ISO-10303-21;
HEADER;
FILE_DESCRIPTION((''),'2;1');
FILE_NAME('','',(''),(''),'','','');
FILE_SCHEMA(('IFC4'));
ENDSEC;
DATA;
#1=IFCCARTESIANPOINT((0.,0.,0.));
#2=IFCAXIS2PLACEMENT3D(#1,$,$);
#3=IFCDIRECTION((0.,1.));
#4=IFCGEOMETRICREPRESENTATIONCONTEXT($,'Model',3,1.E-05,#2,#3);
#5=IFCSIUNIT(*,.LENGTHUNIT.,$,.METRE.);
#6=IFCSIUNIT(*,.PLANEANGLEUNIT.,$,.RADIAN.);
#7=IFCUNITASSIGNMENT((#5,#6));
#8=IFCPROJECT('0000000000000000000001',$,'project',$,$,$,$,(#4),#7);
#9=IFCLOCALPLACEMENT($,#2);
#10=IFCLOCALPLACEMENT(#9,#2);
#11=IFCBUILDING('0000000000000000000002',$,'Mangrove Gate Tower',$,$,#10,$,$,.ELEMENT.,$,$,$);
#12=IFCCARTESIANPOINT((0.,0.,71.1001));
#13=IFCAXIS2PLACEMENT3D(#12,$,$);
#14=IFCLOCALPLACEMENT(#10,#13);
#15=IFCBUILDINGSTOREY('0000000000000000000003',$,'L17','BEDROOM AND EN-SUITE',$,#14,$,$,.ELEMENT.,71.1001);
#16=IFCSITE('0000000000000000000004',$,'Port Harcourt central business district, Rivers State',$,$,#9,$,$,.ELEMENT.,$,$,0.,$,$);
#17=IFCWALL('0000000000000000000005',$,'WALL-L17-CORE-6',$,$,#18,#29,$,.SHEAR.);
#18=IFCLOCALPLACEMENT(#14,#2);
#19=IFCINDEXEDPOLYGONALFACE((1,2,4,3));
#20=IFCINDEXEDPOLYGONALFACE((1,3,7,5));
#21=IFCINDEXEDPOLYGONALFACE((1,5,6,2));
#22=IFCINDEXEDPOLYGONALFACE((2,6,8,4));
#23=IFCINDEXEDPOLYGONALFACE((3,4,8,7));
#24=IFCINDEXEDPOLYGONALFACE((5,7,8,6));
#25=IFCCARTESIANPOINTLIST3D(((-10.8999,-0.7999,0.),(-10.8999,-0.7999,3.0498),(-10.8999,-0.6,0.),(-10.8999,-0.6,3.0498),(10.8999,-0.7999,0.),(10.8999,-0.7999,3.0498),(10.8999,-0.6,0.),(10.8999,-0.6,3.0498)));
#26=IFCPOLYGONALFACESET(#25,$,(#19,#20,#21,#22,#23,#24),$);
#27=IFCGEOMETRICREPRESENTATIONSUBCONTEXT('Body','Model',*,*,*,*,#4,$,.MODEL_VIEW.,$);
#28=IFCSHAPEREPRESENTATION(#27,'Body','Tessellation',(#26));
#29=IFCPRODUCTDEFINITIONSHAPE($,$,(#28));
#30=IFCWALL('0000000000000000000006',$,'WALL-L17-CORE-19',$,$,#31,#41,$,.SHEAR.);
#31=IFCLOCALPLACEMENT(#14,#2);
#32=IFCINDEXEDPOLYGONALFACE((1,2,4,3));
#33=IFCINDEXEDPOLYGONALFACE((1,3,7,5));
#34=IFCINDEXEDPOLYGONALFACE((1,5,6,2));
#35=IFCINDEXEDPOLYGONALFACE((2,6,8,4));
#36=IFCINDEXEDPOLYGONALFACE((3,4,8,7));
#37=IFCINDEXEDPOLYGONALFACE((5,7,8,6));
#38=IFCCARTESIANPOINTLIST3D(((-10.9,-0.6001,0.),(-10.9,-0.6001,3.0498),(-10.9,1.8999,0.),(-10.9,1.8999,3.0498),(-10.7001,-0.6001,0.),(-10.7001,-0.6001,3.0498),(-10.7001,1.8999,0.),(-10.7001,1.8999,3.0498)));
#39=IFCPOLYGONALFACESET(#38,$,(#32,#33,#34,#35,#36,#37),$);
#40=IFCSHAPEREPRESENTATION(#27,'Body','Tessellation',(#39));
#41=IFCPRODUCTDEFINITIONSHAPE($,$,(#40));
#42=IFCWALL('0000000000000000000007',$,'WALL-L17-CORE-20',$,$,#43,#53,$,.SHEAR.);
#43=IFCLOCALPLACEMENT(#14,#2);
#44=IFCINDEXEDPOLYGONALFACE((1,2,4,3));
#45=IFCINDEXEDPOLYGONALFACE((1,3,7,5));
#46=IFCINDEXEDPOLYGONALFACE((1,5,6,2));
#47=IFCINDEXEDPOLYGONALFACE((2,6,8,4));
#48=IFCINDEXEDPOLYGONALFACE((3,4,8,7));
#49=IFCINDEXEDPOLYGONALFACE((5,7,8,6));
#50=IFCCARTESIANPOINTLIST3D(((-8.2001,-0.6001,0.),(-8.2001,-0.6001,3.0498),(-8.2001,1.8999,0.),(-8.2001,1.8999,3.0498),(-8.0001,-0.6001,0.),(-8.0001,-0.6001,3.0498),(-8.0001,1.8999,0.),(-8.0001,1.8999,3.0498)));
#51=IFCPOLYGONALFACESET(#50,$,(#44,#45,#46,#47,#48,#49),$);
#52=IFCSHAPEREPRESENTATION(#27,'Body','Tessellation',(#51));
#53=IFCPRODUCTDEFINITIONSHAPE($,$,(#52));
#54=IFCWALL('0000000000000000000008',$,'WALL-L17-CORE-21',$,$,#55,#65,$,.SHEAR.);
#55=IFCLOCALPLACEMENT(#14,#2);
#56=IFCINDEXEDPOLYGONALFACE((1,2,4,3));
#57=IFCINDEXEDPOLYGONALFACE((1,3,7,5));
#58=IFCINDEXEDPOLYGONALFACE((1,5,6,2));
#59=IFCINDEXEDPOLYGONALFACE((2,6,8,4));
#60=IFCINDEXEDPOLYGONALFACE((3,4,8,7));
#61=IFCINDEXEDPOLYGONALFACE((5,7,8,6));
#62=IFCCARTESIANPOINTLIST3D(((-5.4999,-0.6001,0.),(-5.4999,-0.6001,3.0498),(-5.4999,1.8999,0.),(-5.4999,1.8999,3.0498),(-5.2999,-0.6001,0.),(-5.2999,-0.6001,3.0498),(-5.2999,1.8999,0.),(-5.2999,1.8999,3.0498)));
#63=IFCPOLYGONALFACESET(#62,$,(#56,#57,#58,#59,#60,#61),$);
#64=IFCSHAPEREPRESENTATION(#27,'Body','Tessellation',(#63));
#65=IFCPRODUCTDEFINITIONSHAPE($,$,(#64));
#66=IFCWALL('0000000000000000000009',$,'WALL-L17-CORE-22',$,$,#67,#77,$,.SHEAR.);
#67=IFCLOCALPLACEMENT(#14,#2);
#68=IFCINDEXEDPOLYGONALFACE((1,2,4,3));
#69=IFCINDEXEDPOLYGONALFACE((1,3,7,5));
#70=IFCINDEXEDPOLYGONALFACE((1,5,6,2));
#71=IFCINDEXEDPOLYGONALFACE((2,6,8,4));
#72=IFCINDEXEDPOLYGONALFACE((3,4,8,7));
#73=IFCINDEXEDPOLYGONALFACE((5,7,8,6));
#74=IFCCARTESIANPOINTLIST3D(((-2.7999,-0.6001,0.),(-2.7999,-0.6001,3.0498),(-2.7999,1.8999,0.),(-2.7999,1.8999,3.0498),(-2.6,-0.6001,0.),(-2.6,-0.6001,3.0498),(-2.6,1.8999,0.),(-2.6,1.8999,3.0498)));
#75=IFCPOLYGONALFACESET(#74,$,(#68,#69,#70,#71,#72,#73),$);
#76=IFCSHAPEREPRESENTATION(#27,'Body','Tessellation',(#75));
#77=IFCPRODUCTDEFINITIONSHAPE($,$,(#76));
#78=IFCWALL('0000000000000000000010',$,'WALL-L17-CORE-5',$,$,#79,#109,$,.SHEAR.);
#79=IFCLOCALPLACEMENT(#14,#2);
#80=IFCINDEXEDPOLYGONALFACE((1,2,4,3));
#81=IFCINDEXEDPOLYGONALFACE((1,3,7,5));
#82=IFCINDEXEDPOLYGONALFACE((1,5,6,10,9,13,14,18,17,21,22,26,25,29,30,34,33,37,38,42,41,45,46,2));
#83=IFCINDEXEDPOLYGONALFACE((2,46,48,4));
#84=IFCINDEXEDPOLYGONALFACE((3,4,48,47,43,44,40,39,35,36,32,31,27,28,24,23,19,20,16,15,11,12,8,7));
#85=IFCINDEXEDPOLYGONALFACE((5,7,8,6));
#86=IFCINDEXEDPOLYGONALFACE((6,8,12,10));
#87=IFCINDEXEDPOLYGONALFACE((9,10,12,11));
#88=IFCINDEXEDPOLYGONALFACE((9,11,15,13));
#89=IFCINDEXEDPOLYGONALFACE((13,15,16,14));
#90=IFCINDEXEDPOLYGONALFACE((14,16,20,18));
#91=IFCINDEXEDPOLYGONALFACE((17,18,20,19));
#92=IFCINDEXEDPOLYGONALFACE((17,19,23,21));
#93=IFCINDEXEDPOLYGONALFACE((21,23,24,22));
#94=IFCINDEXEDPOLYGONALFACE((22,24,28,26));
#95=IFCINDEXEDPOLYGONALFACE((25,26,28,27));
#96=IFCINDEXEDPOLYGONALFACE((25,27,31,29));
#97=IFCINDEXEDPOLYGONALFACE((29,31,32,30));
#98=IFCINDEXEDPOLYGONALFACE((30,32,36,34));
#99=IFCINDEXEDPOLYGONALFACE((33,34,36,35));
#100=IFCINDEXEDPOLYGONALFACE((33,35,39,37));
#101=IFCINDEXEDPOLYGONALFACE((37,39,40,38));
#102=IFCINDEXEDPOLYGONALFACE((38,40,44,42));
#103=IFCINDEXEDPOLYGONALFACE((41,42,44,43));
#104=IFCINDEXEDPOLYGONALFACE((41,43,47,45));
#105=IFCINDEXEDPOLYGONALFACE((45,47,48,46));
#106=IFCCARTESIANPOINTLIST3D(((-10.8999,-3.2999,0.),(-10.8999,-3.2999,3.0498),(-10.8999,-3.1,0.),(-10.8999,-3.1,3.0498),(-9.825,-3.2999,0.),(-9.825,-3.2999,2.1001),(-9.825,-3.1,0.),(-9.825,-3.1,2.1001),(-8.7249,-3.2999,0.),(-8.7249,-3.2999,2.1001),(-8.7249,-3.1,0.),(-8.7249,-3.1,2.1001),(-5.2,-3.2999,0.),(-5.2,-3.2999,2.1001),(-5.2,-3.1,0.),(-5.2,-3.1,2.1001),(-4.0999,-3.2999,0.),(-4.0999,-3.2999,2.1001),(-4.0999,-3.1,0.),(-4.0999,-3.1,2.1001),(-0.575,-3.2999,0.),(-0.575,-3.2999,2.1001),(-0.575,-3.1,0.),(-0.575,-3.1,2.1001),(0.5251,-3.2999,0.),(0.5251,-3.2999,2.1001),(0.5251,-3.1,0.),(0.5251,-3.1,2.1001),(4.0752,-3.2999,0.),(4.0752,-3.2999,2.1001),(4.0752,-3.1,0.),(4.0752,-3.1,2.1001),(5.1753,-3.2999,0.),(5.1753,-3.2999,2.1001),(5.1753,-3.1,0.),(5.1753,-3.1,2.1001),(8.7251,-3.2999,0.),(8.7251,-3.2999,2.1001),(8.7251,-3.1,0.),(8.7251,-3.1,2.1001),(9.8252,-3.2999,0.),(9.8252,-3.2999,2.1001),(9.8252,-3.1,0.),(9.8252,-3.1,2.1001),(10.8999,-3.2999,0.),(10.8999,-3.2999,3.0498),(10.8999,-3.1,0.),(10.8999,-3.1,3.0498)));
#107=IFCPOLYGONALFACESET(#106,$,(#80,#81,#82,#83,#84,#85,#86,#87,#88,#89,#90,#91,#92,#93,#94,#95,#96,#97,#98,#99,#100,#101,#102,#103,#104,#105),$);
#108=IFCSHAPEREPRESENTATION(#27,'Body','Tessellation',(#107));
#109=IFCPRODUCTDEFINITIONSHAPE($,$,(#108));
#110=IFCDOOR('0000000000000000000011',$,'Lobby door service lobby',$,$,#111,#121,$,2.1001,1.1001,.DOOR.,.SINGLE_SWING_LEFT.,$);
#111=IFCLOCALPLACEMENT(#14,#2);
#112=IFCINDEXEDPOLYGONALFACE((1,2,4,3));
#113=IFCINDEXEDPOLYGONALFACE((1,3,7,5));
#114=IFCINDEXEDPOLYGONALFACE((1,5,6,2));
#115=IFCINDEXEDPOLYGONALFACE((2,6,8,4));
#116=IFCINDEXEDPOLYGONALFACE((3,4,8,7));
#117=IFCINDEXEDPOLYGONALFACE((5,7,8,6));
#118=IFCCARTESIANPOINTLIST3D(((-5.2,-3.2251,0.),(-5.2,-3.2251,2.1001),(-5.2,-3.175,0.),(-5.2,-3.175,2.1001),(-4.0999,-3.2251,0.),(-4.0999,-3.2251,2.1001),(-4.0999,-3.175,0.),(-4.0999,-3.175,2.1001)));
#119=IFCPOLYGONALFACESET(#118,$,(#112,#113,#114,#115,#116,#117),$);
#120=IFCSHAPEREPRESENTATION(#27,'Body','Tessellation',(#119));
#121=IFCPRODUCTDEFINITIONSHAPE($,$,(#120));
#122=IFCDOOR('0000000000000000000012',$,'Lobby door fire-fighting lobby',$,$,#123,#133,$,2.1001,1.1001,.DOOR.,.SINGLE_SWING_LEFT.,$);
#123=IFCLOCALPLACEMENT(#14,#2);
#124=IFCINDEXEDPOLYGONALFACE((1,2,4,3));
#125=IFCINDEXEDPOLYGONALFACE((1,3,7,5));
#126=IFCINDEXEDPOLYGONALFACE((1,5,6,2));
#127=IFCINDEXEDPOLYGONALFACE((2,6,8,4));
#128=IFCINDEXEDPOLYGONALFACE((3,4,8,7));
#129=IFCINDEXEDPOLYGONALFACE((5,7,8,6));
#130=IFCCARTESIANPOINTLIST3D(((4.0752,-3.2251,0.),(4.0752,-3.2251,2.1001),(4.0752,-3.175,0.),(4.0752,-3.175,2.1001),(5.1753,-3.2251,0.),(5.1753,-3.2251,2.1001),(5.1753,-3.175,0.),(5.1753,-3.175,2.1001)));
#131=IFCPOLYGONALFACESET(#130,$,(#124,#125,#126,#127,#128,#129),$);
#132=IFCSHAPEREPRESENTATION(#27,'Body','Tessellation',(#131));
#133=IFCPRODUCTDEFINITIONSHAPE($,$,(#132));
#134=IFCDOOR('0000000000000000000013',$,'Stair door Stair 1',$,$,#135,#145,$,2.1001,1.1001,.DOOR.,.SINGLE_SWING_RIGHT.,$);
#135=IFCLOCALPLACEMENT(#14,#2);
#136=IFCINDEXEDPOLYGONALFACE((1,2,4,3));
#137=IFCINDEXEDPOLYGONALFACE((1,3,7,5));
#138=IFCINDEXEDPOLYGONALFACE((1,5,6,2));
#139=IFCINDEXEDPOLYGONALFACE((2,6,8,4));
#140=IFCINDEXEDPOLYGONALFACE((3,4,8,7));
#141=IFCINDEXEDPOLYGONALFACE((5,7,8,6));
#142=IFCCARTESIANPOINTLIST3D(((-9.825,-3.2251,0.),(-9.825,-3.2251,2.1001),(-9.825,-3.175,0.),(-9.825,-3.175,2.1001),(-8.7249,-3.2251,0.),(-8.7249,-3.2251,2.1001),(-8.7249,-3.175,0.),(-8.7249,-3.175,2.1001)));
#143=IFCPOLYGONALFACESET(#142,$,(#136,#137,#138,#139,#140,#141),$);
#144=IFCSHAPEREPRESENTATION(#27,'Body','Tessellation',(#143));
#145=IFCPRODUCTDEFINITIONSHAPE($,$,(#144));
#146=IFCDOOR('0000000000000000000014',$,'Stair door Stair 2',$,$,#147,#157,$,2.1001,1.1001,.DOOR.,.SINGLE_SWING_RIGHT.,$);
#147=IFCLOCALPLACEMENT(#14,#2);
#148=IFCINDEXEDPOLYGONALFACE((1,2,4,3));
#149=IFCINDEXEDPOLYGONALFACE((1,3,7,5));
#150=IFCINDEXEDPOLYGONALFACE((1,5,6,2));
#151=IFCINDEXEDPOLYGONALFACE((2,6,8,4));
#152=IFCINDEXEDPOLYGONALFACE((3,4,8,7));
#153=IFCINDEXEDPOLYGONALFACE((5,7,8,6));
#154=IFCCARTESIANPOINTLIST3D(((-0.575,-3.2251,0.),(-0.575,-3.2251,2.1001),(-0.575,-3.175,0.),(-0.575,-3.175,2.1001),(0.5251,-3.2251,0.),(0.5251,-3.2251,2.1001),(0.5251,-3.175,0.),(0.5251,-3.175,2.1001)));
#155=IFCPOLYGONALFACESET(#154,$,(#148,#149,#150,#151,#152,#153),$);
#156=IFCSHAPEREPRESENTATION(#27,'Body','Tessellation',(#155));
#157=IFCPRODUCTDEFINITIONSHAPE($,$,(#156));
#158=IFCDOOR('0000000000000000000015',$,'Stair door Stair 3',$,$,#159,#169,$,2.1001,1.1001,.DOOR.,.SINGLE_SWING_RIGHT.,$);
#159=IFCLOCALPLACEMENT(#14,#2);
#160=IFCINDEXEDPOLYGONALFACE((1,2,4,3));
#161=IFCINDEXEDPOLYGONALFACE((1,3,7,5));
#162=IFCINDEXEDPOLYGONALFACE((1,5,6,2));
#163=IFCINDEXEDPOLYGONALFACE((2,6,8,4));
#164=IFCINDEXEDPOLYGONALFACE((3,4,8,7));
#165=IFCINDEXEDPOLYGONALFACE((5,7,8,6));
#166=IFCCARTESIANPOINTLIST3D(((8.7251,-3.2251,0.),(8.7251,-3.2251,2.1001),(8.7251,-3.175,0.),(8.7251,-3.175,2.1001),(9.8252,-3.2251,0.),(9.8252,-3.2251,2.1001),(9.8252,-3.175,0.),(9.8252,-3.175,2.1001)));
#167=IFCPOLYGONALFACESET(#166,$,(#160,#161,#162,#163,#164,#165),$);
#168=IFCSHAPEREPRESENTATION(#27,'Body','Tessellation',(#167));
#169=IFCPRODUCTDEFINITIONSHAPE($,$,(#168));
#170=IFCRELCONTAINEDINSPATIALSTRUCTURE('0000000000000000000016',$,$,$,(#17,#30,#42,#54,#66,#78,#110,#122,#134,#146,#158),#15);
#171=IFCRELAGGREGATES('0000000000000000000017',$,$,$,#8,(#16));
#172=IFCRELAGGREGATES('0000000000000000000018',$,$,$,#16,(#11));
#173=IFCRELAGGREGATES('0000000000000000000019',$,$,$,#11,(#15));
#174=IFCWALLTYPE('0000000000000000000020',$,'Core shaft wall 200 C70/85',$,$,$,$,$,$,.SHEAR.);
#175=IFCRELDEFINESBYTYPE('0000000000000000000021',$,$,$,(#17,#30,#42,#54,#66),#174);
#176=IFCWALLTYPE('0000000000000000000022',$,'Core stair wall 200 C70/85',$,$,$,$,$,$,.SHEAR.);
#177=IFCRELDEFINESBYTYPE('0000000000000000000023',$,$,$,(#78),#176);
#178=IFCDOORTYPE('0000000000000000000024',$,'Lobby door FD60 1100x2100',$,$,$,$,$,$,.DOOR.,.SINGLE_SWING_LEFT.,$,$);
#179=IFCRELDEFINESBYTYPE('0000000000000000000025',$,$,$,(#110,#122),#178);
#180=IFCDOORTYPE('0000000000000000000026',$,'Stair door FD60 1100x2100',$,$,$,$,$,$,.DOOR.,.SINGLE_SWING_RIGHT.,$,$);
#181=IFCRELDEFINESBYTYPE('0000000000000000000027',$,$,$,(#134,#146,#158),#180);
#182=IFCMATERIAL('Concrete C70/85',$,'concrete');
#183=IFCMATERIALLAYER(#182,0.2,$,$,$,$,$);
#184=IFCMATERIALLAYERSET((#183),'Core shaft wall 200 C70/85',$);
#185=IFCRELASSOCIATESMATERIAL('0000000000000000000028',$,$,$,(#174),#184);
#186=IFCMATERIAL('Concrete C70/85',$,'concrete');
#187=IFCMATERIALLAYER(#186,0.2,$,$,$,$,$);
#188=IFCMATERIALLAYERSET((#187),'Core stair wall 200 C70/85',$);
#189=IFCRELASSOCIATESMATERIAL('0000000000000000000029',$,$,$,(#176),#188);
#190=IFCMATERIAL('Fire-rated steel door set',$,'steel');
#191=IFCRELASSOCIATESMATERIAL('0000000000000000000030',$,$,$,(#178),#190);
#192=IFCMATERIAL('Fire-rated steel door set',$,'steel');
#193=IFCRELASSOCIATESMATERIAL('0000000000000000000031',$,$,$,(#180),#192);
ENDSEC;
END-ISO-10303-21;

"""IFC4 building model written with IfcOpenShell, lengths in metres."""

from ifc_helpers import new_model, si_unit, direction, frame, frame_2d, origin, place, context, subcontext, project, spatial, rectangle, extrude, material, layer, layer_set, type_object, element, fill, save


model = new_model("IFC4")

# Units and contexts
model_context = context("Model", 3, precision=1e-05, world=origin(), true_north=direction((0.0, 1.0)))
body_context = subcontext(model_context, "Body", "Model", "MODEL_VIEW")
ifc_project = project(units=[si_unit("LENGTHUNIT", "METRE"), si_unit("PLANEANGLEUNIT", "RADIAN")], contexts=[model_context])

# Site, building, storey
site_placement = place(None, origin())
site = spatial("IfcSite", under=ifc_project, at=site_placement, Name="Port Harcourt central business district, Rivers State", CompositionType="ELEMENT", RefElevation=0.0)
building_placement = place(site_placement, origin())
building = spatial("IfcBuilding", under=site, at=building_placement, Name="Mangrove Gate Tower", CompositionType="ELEMENT")
storey_placement = place(building_placement, frame((0.0, 0.0, 71.1001)))
storey = spatial("IfcBuildingStorey", under=building, at=storey_placement, Name="L17", Description="BEDROOM AND EN-SUITE", CompositionType="ELEMENT", Elevation=71.1001)

# Walls
ifc_material_1 = material(Name="Concrete C70/85", Category="concrete")
ifc_layer_1 = layer(ifc_material_1, 0.2)
ifc_layer_set_1 = layer_set([ifc_layer_1], Name="Core shaft wall 200 C70/85")
wall_type_1 = type_object("IfcWallType", Name="Core shaft wall 200 C70/85", PredefinedType="SHEAR", material=ifc_layer_set_1)
wall_1_placement = place(storey_placement, frame((-10.8999, -0.7, 0.0), z_axis=(0.0, 0.0, 1.0), x_axis=(1.0, 0.0, 0.0)))
element("IfcWall", 1, at=wall_1_placement, inside=storey, type_object=wall_type_1, Name="WALL-L17-CORE-6", PredefinedType="SHEAR", context=body_context, shape_type="SweptSolid", body=[
    extrude(rectangle(XDim=21.7998, YDim=0.2, at=frame_2d((10.8999, 0.0))), origin(), (0.0, 0.0, 1.0), 3.0498),
])
for number, where, z_axis, x_axis, name in (
    (2, (-10.8, -0.6001, 0.0), (0.0, 0.0, 1.0), (0.0, 1.0, 0.0), "WALL-L17-CORE-19"),
    (3, (-8.1001, -0.6001, 0.0), (0.0, 0.0, 1.0), (0.0, 1.0, 0.0), "WALL-L17-CORE-20"),
    (4, (-5.3999, -0.6001, 0.0), (0.0, 0.0, 1.0), (0.0, 1.0, 0.0), "WALL-L17-CORE-21"),
    (5, (-2.7, -0.6001, 0.0), (0.0, 0.0, 1.0), (0.0, 1.0, 0.0), "WALL-L17-CORE-22"),
):
    element("IfcWall", number, at=place(storey_placement, frame(where, z_axis=z_axis, x_axis=x_axis)), inside=storey, type_object=wall_type_1, Name=name, PredefinedType="SHEAR", context=body_context, shape_type="SweptSolid", body=[
        extrude(rectangle(XDim=2.5, YDim=0.2, at=frame_2d((1.25, 0.0))), origin(), (0.0, 0.0, 1.0), 3.0498),
    ])

# Wall, openings, doors
ifc_material_2 = material(Name="Concrete C70/85", Category="concrete")
ifc_layer_2 = layer(ifc_material_2, 0.2)
ifc_layer_set_2 = layer_set([ifc_layer_2], Name="Core stair wall 200 C70/85")
wall_type_2 = type_object("IfcWallType", Name="Core stair wall 200 C70/85", PredefinedType="SHEAR", material=ifc_layer_set_2)
wall_2_placement = place(storey_placement, frame((-10.8999, -3.2, 0.0), z_axis=(0.0, 0.0, 1.0), x_axis=(1.0, 0.0, 0.0)))
wall_2 = element("IfcWall", 6, at=wall_2_placement, inside=storey, type_object=wall_type_2, Name="WALL-L17-CORE-5", PredefinedType="SHEAR", context=body_context, shape_type="SweptSolid", body=[
    extrude(rectangle(XDim=21.7998, YDim=0.2, at=frame_2d((10.8999, 0.0))), origin(), (0.0, 0.0, 1.0), 3.0498),
])
opening_1_placement = place(wall_2_placement, frame((1.075, 0.0, 0.0)))
opening_1 = element("IfcOpeningElement", 7, at=opening_1_placement, cuts=wall_2, PredefinedType="OPENING", context=body_context, shape_type="SweptSolid", body=[
    extrude(rectangle(XDim=1.1001, YDim=2.1001, at=frame_2d((0.55, 1.05))), frame((0.0, 0.1099, 0.0), z_axis=(0.0, -1.0, 0.0), x_axis=(1.0, 0.0, 0.0)), (0.0, 0.0, 1.0), 0.22),
])
opening_2_placement = place(wall_2_placement, frame((10.325, 0.0, 0.0)))
opening_2 = element("IfcOpeningElement", 8, at=opening_2_placement, cuts=wall_2, PredefinedType="OPENING", context=body_context, shape_type="SweptSolid", body=[
    extrude(rectangle(XDim=1.1001, YDim=2.1001, at=frame_2d((0.55, 1.05))), frame((0.0, 0.1099, 0.0), z_axis=(0.0, -1.0, 0.0), x_axis=(1.0, 0.0, 0.0)), (0.0, 0.0, 1.0), 0.22),
])
opening_3_placement = place(wall_2_placement, frame((19.625, 0.0, 0.0)))
opening_3 = element("IfcOpeningElement", 9, at=opening_3_placement, cuts=wall_2, PredefinedType="OPENING", context=body_context, shape_type="SweptSolid", body=[
    extrude(rectangle(XDim=1.1001, YDim=2.1001, at=frame_2d((0.55, 1.05))), frame((0.0, 0.1099, 0.0), z_axis=(0.0, -1.0, 0.0), x_axis=(1.0, 0.0, 0.0)), (0.0, 0.0, 1.0), 0.22),
])
opening_4_placement = place(wall_2_placement, frame((5.7, 0.0, 0.0)))
opening_4 = element("IfcOpeningElement", 10, at=opening_4_placement, cuts=wall_2, PredefinedType="OPENING", context=body_context, shape_type="SweptSolid", body=[
    extrude(rectangle(XDim=1.1001, YDim=2.1001, at=frame_2d((0.55, 1.05))), frame((0.0, 0.1099, 0.0), z_axis=(0.0, -1.0, 0.0), x_axis=(1.0, 0.0, 0.0)), (0.0, 0.0, 1.0), 0.22),
])
opening_5_placement = place(wall_2_placement, frame((14.9751, 0.0, 0.0)))
opening_5 = element("IfcOpeningElement", 11, at=opening_5_placement, cuts=wall_2, PredefinedType="OPENING", context=body_context, shape_type="SweptSolid", body=[
    extrude(rectangle(XDim=1.1001, YDim=2.1001, at=frame_2d((0.55, 1.05))), frame((0.0, 0.1099, 0.0), z_axis=(0.0, -1.0, 0.0), x_axis=(1.0, 0.0, 0.0)), (0.0, 0.0, 1.0), 0.22),
])
ifc_material_3 = material(Name="Fire-rated steel door set", Category="steel")
door_type_1 = type_object("IfcDoorType", Name="Lobby door FD60 1100x2100", OperationType="SINGLE_SWING_LEFT", PredefinedType="DOOR", material=ifc_material_3)
door_1_placement = place(opening_4_placement, origin())
door_1 = element("IfcDoor", 12, at=door_1_placement, inside=storey, type_object=door_type_1, Name="Lobby door service lobby", OperationType="SINGLE_SWING_LEFT", OverallHeight=2.1001, OverallWidth=1.1001, PredefinedType="DOOR", context=body_context, shape_type="SweptSolid", body=[
    extrude(rectangle(XDim=1.1001, YDim=2.1001, at=frame_2d((0.55, 1.05))), frame((0.0, 0.0249, 0.0), z_axis=(0.0, -1.0, 0.0), x_axis=(1.0, 0.0, 0.0)), (0.0, 0.0, 1.0), 0.05),
])
fill(opening_4, door_1)
door_2_placement = place(opening_5_placement, origin())
door_2 = element("IfcDoor", 13, at=door_2_placement, inside=storey, type_object=door_type_1, Name="Lobby door fire-fighting lobby", OperationType="SINGLE_SWING_LEFT", OverallHeight=2.1001, OverallWidth=1.1001, PredefinedType="DOOR", context=body_context, shape_type="SweptSolid", body=[
    extrude(rectangle(XDim=1.1001, YDim=2.1001, at=frame_2d((0.55, 1.05))), frame((0.0, 0.0249, 0.0), z_axis=(0.0, -1.0, 0.0), x_axis=(1.0, 0.0, 0.0)), (0.0, 0.0, 1.0), 0.05),
])
fill(opening_5, door_2)
ifc_material_4 = material(Name="Fire-rated steel door set", Category="steel")
door_type_2 = type_object("IfcDoorType", Name="Stair door FD60 1100x2100", OperationType="SINGLE_SWING_RIGHT", PredefinedType="DOOR", material=ifc_material_4)
door_3_placement = place(opening_1_placement, origin())
door_3 = element("IfcDoor", 14, at=door_3_placement, inside=storey, type_object=door_type_2, Name="Stair door Stair 1", OperationType="SINGLE_SWING_RIGHT", OverallHeight=2.1001, OverallWidth=1.1001, PredefinedType="DOOR", context=body_context, shape_type="SweptSolid", body=[
    extrude(rectangle(XDim=1.1001, YDim=2.1001, at=frame_2d((0.55, 1.05))), frame((0.0, 0.0249, 0.0), z_axis=(0.0, -1.0, 0.0), x_axis=(1.0, 0.0, 0.0)), (0.0, 0.0, 1.0), 0.05),
])
fill(opening_1, door_3)
door_4_placement = place(opening_2_placement, origin())
door_4 = element("IfcDoor", 15, at=door_4_placement, inside=storey, type_object=door_type_2, Name="Stair door Stair 2", OperationType="SINGLE_SWING_RIGHT", OverallHeight=2.1001, OverallWidth=1.1001, PredefinedType="DOOR", context=body_context, shape_type="SweptSolid", body=[
    extrude(rectangle(XDim=1.1001, YDim=2.1001, at=frame_2d((0.55, 1.05))), frame((0.0, 0.0249, 0.0), z_axis=(0.0, -1.0, 0.0), x_axis=(1.0, 0.0, 0.0)), (0.0, 0.0, 1.0), 0.05),
])
fill(opening_2, door_4)
door_5_placement = place(opening_3_placement, origin())
door_5 = element("IfcDoor", 16, at=door_5_placement, inside=storey, type_object=door_type_2, Name="Stair door Stair 3", OperationType="SINGLE_SWING_RIGHT", OverallHeight=2.1001, OverallWidth=1.1001, PredefinedType="DOOR", context=body_context, shape_type="SweptSolid", body=[
    extrude(rectangle(XDim=1.1001, YDim=2.1001, at=frame_2d((0.55, 1.05))), frame((0.0, 0.0249, 0.0), z_axis=(0.0, -1.0, 0.0), x_axis=(1.0, 0.0, 0.0)), (0.0, 0.0, 1.0), 0.05),
])
fill(opening_3, door_5)

save(model, "model.ifc")
